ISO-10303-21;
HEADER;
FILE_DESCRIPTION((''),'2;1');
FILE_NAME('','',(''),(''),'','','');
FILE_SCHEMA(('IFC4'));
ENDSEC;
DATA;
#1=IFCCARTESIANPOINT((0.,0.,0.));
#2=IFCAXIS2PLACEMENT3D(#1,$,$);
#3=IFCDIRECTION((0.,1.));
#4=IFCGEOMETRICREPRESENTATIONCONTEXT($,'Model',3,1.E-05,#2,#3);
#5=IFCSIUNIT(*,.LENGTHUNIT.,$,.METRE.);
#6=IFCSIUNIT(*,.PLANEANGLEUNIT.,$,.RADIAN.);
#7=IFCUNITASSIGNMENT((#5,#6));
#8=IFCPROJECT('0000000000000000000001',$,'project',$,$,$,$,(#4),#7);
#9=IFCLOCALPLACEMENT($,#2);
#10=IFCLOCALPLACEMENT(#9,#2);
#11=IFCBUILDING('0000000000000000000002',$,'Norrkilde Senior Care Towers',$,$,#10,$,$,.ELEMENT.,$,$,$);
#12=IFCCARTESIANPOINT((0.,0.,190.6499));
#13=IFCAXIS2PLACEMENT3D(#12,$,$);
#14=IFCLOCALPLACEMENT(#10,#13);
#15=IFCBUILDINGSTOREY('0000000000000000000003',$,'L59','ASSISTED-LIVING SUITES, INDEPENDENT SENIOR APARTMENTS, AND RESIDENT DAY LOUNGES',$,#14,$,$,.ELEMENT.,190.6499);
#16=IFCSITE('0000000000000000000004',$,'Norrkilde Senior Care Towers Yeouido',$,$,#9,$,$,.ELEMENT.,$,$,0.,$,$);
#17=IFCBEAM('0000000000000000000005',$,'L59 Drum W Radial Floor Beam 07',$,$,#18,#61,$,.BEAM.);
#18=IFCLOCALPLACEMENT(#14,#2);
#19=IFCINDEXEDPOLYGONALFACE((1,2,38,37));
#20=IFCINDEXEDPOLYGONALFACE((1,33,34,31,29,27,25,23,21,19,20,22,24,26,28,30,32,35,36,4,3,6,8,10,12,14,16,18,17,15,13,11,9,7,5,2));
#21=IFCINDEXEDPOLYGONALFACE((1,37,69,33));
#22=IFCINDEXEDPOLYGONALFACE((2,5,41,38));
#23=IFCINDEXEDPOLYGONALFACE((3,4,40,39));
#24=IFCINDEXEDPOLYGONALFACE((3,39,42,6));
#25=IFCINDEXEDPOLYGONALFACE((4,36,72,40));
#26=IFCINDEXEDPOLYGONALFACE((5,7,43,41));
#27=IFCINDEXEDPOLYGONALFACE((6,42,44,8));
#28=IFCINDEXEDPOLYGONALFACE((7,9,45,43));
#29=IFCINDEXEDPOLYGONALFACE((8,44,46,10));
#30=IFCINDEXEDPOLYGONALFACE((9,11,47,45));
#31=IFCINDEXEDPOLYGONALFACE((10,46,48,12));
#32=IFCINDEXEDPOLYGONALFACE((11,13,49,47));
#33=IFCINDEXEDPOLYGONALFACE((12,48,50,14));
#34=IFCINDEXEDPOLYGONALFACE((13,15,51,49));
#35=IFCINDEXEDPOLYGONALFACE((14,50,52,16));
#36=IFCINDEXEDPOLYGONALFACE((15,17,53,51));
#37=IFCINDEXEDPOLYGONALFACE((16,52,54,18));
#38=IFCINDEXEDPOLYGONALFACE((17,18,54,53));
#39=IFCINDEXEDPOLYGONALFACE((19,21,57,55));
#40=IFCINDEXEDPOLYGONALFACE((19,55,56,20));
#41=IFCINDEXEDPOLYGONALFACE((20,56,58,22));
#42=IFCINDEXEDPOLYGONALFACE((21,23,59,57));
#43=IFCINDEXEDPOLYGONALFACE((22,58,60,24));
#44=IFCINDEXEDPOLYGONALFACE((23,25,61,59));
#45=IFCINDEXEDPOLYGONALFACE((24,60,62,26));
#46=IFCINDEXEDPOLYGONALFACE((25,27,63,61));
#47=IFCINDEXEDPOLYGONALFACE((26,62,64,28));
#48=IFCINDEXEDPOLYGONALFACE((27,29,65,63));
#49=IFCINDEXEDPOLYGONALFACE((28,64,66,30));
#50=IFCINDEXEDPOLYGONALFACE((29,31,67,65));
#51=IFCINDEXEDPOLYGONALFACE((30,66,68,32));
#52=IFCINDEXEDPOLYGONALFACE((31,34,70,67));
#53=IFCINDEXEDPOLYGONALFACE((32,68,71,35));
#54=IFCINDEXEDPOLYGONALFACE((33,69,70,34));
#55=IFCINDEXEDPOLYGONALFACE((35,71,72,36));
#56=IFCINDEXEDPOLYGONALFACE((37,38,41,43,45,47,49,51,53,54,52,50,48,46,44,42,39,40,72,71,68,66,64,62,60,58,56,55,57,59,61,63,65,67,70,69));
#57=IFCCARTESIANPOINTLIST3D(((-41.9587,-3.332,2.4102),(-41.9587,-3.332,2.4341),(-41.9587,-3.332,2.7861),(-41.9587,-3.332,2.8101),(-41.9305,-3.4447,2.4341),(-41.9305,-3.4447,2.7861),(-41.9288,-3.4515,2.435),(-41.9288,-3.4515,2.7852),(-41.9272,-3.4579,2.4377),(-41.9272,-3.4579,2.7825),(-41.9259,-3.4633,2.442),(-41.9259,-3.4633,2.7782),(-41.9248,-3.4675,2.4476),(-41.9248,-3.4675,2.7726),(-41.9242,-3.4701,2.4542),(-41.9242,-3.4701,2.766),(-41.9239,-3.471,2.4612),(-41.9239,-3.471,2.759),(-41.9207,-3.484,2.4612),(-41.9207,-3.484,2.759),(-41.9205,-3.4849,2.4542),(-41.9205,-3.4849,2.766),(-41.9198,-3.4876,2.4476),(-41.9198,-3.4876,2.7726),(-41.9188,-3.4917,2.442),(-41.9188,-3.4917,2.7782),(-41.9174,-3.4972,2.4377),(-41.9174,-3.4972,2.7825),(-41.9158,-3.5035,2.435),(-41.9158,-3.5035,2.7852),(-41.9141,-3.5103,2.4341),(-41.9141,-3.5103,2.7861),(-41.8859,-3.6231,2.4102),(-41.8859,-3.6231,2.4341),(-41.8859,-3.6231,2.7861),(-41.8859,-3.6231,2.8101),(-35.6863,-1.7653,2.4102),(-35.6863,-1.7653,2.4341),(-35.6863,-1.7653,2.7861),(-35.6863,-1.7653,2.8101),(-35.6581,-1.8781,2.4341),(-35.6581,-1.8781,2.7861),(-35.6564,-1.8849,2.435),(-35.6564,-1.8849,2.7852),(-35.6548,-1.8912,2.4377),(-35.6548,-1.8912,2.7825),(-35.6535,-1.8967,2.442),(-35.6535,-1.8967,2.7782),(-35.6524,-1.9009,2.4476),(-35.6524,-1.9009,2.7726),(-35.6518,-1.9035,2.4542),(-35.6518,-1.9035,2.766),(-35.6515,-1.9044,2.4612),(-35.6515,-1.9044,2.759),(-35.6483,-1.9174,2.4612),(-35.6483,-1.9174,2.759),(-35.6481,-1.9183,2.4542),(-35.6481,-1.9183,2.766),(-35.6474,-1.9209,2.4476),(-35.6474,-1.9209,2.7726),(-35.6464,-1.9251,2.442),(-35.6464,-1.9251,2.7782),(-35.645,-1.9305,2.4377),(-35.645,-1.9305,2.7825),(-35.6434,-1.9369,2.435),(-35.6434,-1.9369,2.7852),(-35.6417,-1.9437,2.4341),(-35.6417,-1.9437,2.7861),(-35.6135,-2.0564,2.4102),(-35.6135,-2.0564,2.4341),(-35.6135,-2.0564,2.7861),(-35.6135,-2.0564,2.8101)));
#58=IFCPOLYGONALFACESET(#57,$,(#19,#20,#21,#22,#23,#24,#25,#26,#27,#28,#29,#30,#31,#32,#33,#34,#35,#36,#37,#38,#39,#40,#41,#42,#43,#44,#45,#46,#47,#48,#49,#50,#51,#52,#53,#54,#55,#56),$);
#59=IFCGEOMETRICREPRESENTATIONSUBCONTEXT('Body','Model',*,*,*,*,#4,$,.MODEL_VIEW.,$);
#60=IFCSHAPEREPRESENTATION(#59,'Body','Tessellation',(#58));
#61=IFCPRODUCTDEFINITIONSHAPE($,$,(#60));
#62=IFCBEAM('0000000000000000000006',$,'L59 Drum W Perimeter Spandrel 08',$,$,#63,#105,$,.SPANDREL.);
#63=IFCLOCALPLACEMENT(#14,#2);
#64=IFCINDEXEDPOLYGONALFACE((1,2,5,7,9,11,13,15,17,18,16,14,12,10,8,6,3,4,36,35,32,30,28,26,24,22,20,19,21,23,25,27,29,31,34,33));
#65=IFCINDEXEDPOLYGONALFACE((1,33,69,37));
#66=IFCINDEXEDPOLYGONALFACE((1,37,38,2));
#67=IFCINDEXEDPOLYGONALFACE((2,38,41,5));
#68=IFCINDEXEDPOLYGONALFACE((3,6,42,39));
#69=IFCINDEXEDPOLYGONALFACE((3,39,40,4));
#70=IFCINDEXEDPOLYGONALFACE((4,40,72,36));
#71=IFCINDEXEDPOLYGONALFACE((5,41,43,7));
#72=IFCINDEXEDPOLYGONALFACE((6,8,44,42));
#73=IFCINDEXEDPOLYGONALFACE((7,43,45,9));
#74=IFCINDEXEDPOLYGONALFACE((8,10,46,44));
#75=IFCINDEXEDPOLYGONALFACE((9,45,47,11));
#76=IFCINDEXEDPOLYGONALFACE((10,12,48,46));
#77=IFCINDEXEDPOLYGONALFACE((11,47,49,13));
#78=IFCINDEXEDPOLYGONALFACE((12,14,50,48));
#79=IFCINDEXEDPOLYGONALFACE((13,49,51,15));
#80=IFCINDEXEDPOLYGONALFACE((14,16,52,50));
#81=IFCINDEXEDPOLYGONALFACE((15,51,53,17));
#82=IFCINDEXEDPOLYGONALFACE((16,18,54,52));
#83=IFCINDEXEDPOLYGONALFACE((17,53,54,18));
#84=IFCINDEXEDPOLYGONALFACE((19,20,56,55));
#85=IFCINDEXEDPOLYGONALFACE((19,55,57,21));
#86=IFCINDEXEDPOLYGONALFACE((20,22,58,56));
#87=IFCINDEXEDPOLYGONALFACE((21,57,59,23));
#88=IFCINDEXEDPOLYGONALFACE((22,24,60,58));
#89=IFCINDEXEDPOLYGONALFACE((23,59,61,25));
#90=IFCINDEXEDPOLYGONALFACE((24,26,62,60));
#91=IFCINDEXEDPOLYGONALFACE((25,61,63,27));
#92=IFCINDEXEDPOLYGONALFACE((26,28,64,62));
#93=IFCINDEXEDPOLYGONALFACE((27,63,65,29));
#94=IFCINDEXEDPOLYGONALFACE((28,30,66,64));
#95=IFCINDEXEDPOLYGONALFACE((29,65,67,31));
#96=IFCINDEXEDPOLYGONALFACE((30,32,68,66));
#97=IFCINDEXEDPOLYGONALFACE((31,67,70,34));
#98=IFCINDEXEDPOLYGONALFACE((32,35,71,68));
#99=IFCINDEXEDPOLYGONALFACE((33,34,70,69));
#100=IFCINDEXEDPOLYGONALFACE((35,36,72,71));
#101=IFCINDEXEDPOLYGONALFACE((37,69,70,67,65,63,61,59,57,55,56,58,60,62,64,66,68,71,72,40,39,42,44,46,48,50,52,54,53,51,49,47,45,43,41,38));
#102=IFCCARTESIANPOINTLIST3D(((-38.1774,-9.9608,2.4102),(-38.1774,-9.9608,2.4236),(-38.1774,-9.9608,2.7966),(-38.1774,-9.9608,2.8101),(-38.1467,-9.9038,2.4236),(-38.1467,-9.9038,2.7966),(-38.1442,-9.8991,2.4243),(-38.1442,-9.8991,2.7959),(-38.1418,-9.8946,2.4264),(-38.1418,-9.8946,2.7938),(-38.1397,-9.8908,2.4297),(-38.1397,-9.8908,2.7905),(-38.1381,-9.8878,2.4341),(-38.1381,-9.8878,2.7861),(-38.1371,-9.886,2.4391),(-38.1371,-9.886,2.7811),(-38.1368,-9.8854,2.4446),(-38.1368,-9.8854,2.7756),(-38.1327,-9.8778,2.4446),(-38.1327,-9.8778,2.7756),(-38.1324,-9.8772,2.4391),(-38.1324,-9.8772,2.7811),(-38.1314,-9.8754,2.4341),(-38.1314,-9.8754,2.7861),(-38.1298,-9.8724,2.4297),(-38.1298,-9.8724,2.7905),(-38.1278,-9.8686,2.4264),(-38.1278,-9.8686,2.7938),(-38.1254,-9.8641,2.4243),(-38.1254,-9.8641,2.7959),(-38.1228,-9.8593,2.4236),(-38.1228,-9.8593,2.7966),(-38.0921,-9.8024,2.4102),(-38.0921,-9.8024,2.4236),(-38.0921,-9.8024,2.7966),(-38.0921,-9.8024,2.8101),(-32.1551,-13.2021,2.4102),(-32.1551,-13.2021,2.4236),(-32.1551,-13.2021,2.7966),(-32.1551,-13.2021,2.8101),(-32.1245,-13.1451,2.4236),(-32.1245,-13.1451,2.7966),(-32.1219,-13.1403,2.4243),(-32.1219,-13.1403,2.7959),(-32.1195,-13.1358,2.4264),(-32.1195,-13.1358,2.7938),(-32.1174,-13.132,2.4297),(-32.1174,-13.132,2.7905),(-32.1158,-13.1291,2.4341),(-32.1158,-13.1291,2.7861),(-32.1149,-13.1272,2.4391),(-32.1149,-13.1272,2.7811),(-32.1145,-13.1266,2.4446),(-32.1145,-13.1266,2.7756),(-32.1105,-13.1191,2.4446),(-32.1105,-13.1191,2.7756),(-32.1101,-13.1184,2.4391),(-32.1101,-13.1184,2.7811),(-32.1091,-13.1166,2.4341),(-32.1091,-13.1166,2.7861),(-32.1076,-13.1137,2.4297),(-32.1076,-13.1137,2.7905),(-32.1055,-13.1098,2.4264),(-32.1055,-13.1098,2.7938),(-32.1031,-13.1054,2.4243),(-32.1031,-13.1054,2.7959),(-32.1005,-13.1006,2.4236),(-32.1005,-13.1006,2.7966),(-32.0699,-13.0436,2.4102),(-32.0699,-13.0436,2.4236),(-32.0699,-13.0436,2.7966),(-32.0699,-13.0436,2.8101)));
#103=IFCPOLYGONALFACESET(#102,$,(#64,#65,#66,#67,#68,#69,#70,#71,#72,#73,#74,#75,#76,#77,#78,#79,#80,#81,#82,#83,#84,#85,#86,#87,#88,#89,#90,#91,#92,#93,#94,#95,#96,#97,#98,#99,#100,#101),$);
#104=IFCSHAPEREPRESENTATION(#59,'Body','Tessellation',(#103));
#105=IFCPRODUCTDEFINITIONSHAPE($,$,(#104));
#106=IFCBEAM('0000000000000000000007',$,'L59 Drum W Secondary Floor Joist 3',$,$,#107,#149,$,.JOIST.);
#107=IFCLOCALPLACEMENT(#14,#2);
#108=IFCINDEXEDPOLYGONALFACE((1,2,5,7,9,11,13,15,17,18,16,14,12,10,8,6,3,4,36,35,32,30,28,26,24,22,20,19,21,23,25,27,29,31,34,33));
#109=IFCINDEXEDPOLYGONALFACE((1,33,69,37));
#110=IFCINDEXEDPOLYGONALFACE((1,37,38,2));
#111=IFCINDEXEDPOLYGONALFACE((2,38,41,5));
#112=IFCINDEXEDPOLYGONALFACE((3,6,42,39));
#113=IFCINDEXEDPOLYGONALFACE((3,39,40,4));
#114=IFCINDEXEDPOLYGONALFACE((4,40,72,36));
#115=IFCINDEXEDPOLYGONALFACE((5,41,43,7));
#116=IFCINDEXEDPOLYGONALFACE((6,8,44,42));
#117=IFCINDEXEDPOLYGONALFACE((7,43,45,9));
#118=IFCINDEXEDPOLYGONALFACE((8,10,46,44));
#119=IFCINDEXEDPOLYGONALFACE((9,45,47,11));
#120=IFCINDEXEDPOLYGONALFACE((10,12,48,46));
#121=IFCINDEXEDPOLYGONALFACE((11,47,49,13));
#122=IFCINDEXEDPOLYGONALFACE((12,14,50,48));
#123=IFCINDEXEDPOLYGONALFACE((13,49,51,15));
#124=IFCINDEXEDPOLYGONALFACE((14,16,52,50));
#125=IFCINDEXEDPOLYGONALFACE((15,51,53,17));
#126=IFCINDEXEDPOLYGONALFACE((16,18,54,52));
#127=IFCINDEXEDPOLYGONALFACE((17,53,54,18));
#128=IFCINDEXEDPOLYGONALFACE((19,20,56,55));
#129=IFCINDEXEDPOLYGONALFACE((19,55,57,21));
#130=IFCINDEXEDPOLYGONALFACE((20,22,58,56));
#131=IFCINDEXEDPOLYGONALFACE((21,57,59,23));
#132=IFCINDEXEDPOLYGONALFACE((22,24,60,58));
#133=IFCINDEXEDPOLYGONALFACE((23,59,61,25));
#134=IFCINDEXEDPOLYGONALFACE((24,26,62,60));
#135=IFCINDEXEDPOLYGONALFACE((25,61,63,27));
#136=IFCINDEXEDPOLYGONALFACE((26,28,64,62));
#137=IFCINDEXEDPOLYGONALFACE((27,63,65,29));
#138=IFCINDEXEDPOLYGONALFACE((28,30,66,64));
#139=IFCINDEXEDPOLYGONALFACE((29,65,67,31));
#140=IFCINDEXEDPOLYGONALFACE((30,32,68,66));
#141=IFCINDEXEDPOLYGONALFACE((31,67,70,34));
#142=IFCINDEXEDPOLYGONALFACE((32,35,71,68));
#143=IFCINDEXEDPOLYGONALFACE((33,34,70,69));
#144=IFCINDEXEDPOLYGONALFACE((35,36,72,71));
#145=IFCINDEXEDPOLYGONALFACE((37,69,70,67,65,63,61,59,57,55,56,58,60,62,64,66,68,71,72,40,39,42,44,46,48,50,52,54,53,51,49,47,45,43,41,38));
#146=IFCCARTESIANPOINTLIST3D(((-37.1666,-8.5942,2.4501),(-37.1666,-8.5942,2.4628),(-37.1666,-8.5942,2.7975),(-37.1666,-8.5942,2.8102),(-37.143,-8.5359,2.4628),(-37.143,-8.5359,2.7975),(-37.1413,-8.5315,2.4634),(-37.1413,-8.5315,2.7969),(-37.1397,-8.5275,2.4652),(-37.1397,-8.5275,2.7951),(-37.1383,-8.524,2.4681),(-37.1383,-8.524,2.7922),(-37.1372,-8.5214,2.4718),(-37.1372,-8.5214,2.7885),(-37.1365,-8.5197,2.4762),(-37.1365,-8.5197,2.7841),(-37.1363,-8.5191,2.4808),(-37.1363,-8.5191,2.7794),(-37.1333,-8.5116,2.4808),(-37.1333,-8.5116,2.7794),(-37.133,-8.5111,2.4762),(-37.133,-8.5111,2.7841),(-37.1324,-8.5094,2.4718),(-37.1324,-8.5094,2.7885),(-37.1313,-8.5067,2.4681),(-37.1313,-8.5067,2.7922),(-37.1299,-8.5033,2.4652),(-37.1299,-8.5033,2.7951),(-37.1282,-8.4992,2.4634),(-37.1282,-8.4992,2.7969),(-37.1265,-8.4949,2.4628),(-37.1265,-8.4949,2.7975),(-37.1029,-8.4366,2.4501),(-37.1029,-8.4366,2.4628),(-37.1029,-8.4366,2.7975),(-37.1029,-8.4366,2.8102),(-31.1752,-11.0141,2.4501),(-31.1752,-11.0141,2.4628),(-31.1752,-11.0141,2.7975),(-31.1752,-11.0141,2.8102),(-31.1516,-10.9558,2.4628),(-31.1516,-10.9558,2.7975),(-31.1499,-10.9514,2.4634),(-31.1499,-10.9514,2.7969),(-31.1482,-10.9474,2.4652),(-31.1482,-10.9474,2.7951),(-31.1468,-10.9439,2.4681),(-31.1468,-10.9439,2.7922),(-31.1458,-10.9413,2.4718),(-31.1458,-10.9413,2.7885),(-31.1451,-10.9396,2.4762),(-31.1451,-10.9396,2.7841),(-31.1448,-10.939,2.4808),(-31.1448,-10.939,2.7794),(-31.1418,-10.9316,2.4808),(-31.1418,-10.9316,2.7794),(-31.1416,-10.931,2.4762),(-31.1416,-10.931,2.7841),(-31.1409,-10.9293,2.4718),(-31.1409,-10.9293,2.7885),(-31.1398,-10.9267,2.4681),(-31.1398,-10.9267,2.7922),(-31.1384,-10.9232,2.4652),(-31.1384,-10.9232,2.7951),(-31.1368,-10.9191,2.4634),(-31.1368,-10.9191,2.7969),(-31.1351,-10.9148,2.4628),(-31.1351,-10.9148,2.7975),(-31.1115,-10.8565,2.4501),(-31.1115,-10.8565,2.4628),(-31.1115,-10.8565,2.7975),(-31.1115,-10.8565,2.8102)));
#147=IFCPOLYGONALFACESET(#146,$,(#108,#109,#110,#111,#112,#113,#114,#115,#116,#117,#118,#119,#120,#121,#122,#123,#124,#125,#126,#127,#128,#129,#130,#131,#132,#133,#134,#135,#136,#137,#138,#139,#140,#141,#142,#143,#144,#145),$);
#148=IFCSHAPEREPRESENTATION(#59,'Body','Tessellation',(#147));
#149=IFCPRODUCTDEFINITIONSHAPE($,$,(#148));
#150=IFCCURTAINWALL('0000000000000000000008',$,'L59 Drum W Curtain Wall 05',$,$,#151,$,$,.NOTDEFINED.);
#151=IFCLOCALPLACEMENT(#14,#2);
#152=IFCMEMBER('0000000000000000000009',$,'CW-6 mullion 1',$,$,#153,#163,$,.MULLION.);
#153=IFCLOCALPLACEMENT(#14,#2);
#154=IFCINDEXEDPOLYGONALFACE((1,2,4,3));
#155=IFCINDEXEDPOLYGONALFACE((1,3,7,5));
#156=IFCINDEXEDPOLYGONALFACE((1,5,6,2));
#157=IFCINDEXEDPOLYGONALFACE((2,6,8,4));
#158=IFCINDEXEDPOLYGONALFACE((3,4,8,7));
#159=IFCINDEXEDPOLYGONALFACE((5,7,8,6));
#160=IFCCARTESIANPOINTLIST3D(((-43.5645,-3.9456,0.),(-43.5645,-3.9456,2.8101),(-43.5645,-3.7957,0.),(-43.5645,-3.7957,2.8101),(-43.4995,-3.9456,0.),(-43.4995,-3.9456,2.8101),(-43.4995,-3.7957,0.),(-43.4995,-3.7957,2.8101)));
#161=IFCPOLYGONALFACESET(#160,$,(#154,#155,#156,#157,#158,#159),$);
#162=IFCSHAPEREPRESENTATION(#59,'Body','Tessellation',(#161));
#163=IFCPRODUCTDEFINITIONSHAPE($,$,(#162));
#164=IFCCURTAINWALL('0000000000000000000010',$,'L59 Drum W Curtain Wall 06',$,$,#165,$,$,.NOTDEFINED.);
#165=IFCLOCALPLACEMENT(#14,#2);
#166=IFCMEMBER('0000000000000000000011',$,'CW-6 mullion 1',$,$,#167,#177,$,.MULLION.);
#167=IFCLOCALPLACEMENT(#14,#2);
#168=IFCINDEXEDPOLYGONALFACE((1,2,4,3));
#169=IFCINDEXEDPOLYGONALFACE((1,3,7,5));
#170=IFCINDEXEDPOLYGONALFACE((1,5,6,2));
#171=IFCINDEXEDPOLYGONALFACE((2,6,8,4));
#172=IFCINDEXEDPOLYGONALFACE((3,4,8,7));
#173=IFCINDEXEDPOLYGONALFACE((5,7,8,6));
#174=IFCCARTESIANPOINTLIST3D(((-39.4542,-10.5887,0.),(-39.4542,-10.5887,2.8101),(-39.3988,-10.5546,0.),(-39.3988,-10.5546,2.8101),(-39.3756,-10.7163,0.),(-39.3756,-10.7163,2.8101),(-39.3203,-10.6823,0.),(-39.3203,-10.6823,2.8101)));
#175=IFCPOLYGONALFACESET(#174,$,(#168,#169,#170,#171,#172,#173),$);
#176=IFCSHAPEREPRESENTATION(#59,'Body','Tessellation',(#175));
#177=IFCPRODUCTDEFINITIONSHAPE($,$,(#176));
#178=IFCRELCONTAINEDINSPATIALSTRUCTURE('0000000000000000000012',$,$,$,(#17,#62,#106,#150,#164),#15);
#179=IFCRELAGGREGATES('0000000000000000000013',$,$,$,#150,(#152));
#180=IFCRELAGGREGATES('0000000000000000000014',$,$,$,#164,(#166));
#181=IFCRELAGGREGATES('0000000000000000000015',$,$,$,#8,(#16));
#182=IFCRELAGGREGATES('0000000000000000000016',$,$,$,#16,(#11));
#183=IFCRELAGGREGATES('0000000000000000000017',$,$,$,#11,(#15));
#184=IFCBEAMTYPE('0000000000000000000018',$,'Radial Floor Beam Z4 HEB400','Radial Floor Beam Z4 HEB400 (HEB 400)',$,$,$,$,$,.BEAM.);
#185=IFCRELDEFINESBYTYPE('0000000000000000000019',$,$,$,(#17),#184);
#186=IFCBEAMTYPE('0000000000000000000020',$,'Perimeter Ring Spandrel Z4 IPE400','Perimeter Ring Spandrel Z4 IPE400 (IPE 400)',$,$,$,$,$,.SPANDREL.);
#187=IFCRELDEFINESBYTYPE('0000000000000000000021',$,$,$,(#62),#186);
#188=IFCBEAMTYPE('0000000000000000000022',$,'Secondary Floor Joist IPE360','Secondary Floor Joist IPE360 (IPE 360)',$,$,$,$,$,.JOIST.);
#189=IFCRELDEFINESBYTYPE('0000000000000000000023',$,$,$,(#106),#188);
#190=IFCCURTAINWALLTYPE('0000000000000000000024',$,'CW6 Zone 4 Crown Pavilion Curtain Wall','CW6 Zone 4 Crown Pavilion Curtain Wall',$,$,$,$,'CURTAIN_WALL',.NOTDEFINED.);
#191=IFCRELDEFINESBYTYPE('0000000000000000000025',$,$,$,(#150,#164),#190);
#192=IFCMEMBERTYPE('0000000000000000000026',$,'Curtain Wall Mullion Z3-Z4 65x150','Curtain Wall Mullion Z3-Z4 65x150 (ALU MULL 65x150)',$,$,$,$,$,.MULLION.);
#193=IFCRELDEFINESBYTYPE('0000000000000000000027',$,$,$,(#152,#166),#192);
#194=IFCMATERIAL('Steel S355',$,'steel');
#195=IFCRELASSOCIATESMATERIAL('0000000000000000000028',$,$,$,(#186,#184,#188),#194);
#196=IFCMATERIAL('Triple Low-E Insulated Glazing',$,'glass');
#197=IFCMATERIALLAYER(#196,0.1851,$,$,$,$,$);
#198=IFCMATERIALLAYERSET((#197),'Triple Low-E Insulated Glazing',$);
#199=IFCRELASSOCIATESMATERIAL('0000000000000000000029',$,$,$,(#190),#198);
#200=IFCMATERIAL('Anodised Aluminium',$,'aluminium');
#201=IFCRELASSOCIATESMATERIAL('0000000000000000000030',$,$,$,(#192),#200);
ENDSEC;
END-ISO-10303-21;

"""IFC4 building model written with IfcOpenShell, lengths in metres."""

from ifc_helpers import new_model, si_unit, direction, frame, origin, origin_2d, place, context, subcontext, project, spatial, rectangle, i_section, extrude, source, transform, mapped, material, layer, layer_set, material_profile, profile_set, type_object, type_shapes, element, aggregate, save


model = new_model("IFC4")

# Units and contexts
model_context = context("Model", 3, precision=1e-05, world=origin(), true_north=direction((0.0, 1.0)))
body_context = subcontext(model_context, "Body", "Model", "MODEL_VIEW")
ifc_project = project(units=[si_unit("LENGTHUNIT", "METRE"), si_unit("PLANEANGLEUNIT", "RADIAN")], contexts=[model_context])

# Site, building, storey
site_placement = place(None, origin())
site = spatial("IfcSite", under=ifc_project, at=site_placement, Name="Norrkilde Senior Care Towers Yeouido", CompositionType="ELEMENT", RefElevation=0.0)
building_placement = place(site_placement, origin())
building = spatial("IfcBuilding", under=site, at=building_placement, Name="Norrkilde Senior Care Towers", CompositionType="ELEMENT")
storey_placement = place(building_placement, frame((0.0, 0.0, 190.6499)))
storey = spatial("IfcBuildingStorey", under=building, at=storey_placement, Name="L59", Description="ASSISTED-LIVING SUITES, INDEPENDENT SENIOR APARTMENTS, AND RESIDENT DAY LOUNGES", CompositionType="ELEMENT", Elevation=190.6499)

# Beams
ifc_material_1 = material(Name="Steel S355", Category="steel")
ifc_material_profile_1 = material_profile(ifc_material_1, i_section(OverallWidth=0.1799, OverallDepth=0.3999, WebThickness=0.0085, FlangeThickness=0.0134, FilletRadius=0.021, at=origin_2d()), Name="IPE 400")
ifc_profile_set_1 = profile_set([ifc_material_profile_1], Name="Steel S355")
beam_type_1 = type_object("IfcBeamType", Name="Perimeter Ring Spandrel Z4 IPE400", Description="Perimeter Ring Spandrel Z4 IPE400 (IPE 400)", PredefinedType="SPANDREL", material=ifc_profile_set_1)
ifc_material_profile_2 = material_profile(ifc_material_1, i_section(OverallWidth=0.3, OverallDepth=0.3999, WebThickness=0.0134, FlangeThickness=0.0239, FilletRadius=0.0271, at=origin_2d()), Name="HEB 400")
ifc_profile_set_2 = profile_set([ifc_material_profile_2], Name="Steel S355")
beam_type_2 = type_object("IfcBeamType", Name="Radial Floor Beam Z4 HEB400", Description="Radial Floor Beam Z4 HEB400 (HEB 400)", PredefinedType="BEAM", material=ifc_profile_set_2)
shared_shape_1 = source(origin(), body_context, "Body", "SweptSolid", [
    extrude(i_section(OverallWidth=0.3, OverallDepth=0.3999, WebThickness=0.0134, FlangeThickness=0.0239, FilletRadius=0.0271, at=origin_2d()), origin(), (0.0, 0.0, 1.0), 6.4651),
])
type_shapes(beam_type_2, [shared_shape_1])
beam_1_placement = place(storey_placement, frame((-35.6499, -1.9109, 2.6101), z_axis=(-0.970196, -0.242322, 0.0), x_axis=(0.242322, -0.970196, 0.0)))
element("IfcBeam", 1, at=beam_1_placement, inside=storey, type_object=beam_type_2, Name="L59 Drum W Radial Floor Beam 07", PredefinedType="BEAM", context=body_context, shape_type="MappedRepresentation", body=[
    mapped(shared_shape_1, transform((0.0, 0.0, 0.0), x_axis=(1.0, 0.0, 0.0), y_axis=(0.0, 1.0, 0.0), z_axis=(0.0, 0.0, 1.0), scale=1.0)),
])
shared_shape_2 = source(origin(), body_context, "Body", "SweptSolid", [
    extrude(i_section(OverallWidth=0.1799, OverallDepth=0.3999, WebThickness=0.0085, FlangeThickness=0.0134, FilletRadius=0.021, at=origin_2d()), origin(), (0.0, 0.0, 1.0), 6.8391),
])
beam_2_placement = place(storey_placement, frame((-38.1348, -9.8816, 2.6101), z_axis=(0.880564, -0.473927, 0.0), x_axis=(0.473927, 0.880564, 0.0)))
element("IfcBeam", 2, at=beam_2_placement, inside=storey, type_object=beam_type_1, Name="L59 Drum W Perimeter Spandrel 08", PredefinedType="SPANDREL", context=body_context, shape_type="MappedRepresentation", body=[
    mapped(shared_shape_2, transform((0.0, 0.0, 0.0), x_axis=(1.0, 0.0, 0.0), y_axis=(0.0, 1.0, 0.0), z_axis=(0.0, 0.0, 1.0), scale=1.0)),
])
ifc_material_profile_3 = material_profile(ifc_material_1, i_section(OverallWidth=0.1699, OverallDepth=0.3601, WebThickness=0.0081, FlangeThickness=0.0127, FilletRadius=0.0181, at=origin_2d()), Name="IPE 360")
ifc_profile_set_3 = profile_set([ifc_material_profile_3], Name="Steel S355")
beam_type_3 = type_object("IfcBeamType", Name="Secondary Floor Joist IPE360", Description="Secondary Floor Joist IPE360 (IPE 360)", PredefinedType="JOIST", material=ifc_profile_set_3)
shared_shape_3 = source(origin(), body_context, "Body", "SweptSolid", [
    extrude(i_section(OverallWidth=0.1699, OverallDepth=0.3601, WebThickness=0.0081, FlangeThickness=0.0127, FilletRadius=0.0181, at=origin_2d()), origin(), (0.0, 0.0, 1.0), 6.4617),
])
type_shapes(beam_type_3, [shared_shape_3])
beam_3_placement = place(storey_placement, frame((-37.1348, -8.5154, 2.6301), z_axis=(0.927226, -0.374502, 0.0), x_axis=(0.374502, 0.927226, 0.0)))
element("IfcBeam", 3, at=beam_3_placement, inside=storey, type_object=beam_type_3, Name="L59 Drum W Secondary Floor Joist 3", PredefinedType="JOIST", context=body_context, shape_type="MappedRepresentation", body=[
    mapped(shared_shape_3, transform((0.0, 0.0, 0.0), x_axis=(1.0, 0.0, 0.0), y_axis=(0.0, 1.0, 0.0), z_axis=(0.0, 0.0, 1.0), scale=1.0)),
])

# Curtain wall, member
ifc_material_2 = material(Name="Triple Low-E Insulated Glazing", Category="glass")
ifc_layer_1 = layer(ifc_material_2, 0.1851)
ifc_layer_set_1 = layer_set([ifc_layer_1], Name="Triple Low-E Insulated Glazing")
curtain_wall_type = type_object("IfcCurtainWallType", Name="CW6 Zone 4 Crown Pavilion Curtain Wall", Description="CW6 Zone 4 Crown Pavilion Curtain Wall", ElementType="CURTAIN_WALL", PredefinedType="NOTDEFINED", material=ifc_layer_set_1)
curtain_wall_1_placement = place(storey_placement, origin())
curtain_wall_1 = element("IfcCurtainWall", 4, at=curtain_wall_1_placement, inside=storey, type_object=curtain_wall_type, Name="L59 Drum W Curtain Wall 05", PredefinedType="NOTDEFINED")
ifc_material_3 = material(Name="Anodised Aluminium", Category="aluminium")
ifc_material_profile_4 = material_profile(ifc_material_3, rectangle(XDim=0.0649, YDim=0.1499, at=origin_2d()), Name="ALU MULL 65x150")
ifc_profile_set_4 = profile_set([ifc_material_profile_4], Name="Anodised Aluminium")
member_type_1 = type_object("IfcMemberType", Name="Curtain Wall Mullion Z3-Z4 65x150", Description="Curtain Wall Mullion Z3-Z4 65x150 (ALU MULL 65x150)", PredefinedType="MULLION", material=ifc_profile_set_4)
shared_shape_4 = source(origin(), body_context, "Body", "SweptSolid", [
    extrude(rectangle(XDim=0.0649, YDim=0.1499, at=origin_2d()), origin(), (0.0, 0.0, 1.0), 2.8101),
])
type_shapes(member_type_1, [shared_shape_4])
member_1_placement = place(storey_placement, frame((-43.532, -3.8706, 0.0), z_axis=(0.0, 0.0, 1.0), x_axis=(-1.0, 0.0, 0.0)))
member_1 = element("IfcMember", 5, at=member_1_placement, type_object=member_type_1, Name="CW-6 mullion 1", PredefinedType="MULLION", context=body_context, shape_type="MappedRepresentation", body=[
    mapped(shared_shape_4, transform((0.0, 0.0, 0.0), x_axis=(1.0, 0.0, 0.0), y_axis=(0.0, 1.0, 0.0), z_axis=(0.0, 0.0, 1.0), scale=1.0)),
])

# Curtain wall, member
curtain_wall_2_placement = place(storey_placement, origin())
curtain_wall_2 = element("IfcCurtainWall", 6, at=curtain_wall_2_placement, inside=storey, type_object=curtain_wall_type, Name="L59 Drum W Curtain Wall 06", PredefinedType="NOTDEFINED")
member_2_placement = place(storey_placement, frame((-39.3872, -10.6355, 0.0), z_axis=(0.0, 0.0, 1.0), x_axis=(-0.851563, -0.524253, 0.0)))
member_2 = element("IfcMember", 7, at=member_2_placement, type_object=member_type_1, Name="CW-6 mullion 1", PredefinedType="MULLION", context=body_context, shape_type="MappedRepresentation", body=[
    mapped(shared_shape_4, transform((0.0, 0.0, 0.0), x_axis=(1.0, 0.0, 0.0), y_axis=(0.0, 1.0, 0.0), z_axis=(0.0, 0.0, 1.0), scale=1.0)),
])

aggregate(curtain_wall_1, [member_1])

aggregate(curtain_wall_2, [member_2])

save(model, "model.ifc")
